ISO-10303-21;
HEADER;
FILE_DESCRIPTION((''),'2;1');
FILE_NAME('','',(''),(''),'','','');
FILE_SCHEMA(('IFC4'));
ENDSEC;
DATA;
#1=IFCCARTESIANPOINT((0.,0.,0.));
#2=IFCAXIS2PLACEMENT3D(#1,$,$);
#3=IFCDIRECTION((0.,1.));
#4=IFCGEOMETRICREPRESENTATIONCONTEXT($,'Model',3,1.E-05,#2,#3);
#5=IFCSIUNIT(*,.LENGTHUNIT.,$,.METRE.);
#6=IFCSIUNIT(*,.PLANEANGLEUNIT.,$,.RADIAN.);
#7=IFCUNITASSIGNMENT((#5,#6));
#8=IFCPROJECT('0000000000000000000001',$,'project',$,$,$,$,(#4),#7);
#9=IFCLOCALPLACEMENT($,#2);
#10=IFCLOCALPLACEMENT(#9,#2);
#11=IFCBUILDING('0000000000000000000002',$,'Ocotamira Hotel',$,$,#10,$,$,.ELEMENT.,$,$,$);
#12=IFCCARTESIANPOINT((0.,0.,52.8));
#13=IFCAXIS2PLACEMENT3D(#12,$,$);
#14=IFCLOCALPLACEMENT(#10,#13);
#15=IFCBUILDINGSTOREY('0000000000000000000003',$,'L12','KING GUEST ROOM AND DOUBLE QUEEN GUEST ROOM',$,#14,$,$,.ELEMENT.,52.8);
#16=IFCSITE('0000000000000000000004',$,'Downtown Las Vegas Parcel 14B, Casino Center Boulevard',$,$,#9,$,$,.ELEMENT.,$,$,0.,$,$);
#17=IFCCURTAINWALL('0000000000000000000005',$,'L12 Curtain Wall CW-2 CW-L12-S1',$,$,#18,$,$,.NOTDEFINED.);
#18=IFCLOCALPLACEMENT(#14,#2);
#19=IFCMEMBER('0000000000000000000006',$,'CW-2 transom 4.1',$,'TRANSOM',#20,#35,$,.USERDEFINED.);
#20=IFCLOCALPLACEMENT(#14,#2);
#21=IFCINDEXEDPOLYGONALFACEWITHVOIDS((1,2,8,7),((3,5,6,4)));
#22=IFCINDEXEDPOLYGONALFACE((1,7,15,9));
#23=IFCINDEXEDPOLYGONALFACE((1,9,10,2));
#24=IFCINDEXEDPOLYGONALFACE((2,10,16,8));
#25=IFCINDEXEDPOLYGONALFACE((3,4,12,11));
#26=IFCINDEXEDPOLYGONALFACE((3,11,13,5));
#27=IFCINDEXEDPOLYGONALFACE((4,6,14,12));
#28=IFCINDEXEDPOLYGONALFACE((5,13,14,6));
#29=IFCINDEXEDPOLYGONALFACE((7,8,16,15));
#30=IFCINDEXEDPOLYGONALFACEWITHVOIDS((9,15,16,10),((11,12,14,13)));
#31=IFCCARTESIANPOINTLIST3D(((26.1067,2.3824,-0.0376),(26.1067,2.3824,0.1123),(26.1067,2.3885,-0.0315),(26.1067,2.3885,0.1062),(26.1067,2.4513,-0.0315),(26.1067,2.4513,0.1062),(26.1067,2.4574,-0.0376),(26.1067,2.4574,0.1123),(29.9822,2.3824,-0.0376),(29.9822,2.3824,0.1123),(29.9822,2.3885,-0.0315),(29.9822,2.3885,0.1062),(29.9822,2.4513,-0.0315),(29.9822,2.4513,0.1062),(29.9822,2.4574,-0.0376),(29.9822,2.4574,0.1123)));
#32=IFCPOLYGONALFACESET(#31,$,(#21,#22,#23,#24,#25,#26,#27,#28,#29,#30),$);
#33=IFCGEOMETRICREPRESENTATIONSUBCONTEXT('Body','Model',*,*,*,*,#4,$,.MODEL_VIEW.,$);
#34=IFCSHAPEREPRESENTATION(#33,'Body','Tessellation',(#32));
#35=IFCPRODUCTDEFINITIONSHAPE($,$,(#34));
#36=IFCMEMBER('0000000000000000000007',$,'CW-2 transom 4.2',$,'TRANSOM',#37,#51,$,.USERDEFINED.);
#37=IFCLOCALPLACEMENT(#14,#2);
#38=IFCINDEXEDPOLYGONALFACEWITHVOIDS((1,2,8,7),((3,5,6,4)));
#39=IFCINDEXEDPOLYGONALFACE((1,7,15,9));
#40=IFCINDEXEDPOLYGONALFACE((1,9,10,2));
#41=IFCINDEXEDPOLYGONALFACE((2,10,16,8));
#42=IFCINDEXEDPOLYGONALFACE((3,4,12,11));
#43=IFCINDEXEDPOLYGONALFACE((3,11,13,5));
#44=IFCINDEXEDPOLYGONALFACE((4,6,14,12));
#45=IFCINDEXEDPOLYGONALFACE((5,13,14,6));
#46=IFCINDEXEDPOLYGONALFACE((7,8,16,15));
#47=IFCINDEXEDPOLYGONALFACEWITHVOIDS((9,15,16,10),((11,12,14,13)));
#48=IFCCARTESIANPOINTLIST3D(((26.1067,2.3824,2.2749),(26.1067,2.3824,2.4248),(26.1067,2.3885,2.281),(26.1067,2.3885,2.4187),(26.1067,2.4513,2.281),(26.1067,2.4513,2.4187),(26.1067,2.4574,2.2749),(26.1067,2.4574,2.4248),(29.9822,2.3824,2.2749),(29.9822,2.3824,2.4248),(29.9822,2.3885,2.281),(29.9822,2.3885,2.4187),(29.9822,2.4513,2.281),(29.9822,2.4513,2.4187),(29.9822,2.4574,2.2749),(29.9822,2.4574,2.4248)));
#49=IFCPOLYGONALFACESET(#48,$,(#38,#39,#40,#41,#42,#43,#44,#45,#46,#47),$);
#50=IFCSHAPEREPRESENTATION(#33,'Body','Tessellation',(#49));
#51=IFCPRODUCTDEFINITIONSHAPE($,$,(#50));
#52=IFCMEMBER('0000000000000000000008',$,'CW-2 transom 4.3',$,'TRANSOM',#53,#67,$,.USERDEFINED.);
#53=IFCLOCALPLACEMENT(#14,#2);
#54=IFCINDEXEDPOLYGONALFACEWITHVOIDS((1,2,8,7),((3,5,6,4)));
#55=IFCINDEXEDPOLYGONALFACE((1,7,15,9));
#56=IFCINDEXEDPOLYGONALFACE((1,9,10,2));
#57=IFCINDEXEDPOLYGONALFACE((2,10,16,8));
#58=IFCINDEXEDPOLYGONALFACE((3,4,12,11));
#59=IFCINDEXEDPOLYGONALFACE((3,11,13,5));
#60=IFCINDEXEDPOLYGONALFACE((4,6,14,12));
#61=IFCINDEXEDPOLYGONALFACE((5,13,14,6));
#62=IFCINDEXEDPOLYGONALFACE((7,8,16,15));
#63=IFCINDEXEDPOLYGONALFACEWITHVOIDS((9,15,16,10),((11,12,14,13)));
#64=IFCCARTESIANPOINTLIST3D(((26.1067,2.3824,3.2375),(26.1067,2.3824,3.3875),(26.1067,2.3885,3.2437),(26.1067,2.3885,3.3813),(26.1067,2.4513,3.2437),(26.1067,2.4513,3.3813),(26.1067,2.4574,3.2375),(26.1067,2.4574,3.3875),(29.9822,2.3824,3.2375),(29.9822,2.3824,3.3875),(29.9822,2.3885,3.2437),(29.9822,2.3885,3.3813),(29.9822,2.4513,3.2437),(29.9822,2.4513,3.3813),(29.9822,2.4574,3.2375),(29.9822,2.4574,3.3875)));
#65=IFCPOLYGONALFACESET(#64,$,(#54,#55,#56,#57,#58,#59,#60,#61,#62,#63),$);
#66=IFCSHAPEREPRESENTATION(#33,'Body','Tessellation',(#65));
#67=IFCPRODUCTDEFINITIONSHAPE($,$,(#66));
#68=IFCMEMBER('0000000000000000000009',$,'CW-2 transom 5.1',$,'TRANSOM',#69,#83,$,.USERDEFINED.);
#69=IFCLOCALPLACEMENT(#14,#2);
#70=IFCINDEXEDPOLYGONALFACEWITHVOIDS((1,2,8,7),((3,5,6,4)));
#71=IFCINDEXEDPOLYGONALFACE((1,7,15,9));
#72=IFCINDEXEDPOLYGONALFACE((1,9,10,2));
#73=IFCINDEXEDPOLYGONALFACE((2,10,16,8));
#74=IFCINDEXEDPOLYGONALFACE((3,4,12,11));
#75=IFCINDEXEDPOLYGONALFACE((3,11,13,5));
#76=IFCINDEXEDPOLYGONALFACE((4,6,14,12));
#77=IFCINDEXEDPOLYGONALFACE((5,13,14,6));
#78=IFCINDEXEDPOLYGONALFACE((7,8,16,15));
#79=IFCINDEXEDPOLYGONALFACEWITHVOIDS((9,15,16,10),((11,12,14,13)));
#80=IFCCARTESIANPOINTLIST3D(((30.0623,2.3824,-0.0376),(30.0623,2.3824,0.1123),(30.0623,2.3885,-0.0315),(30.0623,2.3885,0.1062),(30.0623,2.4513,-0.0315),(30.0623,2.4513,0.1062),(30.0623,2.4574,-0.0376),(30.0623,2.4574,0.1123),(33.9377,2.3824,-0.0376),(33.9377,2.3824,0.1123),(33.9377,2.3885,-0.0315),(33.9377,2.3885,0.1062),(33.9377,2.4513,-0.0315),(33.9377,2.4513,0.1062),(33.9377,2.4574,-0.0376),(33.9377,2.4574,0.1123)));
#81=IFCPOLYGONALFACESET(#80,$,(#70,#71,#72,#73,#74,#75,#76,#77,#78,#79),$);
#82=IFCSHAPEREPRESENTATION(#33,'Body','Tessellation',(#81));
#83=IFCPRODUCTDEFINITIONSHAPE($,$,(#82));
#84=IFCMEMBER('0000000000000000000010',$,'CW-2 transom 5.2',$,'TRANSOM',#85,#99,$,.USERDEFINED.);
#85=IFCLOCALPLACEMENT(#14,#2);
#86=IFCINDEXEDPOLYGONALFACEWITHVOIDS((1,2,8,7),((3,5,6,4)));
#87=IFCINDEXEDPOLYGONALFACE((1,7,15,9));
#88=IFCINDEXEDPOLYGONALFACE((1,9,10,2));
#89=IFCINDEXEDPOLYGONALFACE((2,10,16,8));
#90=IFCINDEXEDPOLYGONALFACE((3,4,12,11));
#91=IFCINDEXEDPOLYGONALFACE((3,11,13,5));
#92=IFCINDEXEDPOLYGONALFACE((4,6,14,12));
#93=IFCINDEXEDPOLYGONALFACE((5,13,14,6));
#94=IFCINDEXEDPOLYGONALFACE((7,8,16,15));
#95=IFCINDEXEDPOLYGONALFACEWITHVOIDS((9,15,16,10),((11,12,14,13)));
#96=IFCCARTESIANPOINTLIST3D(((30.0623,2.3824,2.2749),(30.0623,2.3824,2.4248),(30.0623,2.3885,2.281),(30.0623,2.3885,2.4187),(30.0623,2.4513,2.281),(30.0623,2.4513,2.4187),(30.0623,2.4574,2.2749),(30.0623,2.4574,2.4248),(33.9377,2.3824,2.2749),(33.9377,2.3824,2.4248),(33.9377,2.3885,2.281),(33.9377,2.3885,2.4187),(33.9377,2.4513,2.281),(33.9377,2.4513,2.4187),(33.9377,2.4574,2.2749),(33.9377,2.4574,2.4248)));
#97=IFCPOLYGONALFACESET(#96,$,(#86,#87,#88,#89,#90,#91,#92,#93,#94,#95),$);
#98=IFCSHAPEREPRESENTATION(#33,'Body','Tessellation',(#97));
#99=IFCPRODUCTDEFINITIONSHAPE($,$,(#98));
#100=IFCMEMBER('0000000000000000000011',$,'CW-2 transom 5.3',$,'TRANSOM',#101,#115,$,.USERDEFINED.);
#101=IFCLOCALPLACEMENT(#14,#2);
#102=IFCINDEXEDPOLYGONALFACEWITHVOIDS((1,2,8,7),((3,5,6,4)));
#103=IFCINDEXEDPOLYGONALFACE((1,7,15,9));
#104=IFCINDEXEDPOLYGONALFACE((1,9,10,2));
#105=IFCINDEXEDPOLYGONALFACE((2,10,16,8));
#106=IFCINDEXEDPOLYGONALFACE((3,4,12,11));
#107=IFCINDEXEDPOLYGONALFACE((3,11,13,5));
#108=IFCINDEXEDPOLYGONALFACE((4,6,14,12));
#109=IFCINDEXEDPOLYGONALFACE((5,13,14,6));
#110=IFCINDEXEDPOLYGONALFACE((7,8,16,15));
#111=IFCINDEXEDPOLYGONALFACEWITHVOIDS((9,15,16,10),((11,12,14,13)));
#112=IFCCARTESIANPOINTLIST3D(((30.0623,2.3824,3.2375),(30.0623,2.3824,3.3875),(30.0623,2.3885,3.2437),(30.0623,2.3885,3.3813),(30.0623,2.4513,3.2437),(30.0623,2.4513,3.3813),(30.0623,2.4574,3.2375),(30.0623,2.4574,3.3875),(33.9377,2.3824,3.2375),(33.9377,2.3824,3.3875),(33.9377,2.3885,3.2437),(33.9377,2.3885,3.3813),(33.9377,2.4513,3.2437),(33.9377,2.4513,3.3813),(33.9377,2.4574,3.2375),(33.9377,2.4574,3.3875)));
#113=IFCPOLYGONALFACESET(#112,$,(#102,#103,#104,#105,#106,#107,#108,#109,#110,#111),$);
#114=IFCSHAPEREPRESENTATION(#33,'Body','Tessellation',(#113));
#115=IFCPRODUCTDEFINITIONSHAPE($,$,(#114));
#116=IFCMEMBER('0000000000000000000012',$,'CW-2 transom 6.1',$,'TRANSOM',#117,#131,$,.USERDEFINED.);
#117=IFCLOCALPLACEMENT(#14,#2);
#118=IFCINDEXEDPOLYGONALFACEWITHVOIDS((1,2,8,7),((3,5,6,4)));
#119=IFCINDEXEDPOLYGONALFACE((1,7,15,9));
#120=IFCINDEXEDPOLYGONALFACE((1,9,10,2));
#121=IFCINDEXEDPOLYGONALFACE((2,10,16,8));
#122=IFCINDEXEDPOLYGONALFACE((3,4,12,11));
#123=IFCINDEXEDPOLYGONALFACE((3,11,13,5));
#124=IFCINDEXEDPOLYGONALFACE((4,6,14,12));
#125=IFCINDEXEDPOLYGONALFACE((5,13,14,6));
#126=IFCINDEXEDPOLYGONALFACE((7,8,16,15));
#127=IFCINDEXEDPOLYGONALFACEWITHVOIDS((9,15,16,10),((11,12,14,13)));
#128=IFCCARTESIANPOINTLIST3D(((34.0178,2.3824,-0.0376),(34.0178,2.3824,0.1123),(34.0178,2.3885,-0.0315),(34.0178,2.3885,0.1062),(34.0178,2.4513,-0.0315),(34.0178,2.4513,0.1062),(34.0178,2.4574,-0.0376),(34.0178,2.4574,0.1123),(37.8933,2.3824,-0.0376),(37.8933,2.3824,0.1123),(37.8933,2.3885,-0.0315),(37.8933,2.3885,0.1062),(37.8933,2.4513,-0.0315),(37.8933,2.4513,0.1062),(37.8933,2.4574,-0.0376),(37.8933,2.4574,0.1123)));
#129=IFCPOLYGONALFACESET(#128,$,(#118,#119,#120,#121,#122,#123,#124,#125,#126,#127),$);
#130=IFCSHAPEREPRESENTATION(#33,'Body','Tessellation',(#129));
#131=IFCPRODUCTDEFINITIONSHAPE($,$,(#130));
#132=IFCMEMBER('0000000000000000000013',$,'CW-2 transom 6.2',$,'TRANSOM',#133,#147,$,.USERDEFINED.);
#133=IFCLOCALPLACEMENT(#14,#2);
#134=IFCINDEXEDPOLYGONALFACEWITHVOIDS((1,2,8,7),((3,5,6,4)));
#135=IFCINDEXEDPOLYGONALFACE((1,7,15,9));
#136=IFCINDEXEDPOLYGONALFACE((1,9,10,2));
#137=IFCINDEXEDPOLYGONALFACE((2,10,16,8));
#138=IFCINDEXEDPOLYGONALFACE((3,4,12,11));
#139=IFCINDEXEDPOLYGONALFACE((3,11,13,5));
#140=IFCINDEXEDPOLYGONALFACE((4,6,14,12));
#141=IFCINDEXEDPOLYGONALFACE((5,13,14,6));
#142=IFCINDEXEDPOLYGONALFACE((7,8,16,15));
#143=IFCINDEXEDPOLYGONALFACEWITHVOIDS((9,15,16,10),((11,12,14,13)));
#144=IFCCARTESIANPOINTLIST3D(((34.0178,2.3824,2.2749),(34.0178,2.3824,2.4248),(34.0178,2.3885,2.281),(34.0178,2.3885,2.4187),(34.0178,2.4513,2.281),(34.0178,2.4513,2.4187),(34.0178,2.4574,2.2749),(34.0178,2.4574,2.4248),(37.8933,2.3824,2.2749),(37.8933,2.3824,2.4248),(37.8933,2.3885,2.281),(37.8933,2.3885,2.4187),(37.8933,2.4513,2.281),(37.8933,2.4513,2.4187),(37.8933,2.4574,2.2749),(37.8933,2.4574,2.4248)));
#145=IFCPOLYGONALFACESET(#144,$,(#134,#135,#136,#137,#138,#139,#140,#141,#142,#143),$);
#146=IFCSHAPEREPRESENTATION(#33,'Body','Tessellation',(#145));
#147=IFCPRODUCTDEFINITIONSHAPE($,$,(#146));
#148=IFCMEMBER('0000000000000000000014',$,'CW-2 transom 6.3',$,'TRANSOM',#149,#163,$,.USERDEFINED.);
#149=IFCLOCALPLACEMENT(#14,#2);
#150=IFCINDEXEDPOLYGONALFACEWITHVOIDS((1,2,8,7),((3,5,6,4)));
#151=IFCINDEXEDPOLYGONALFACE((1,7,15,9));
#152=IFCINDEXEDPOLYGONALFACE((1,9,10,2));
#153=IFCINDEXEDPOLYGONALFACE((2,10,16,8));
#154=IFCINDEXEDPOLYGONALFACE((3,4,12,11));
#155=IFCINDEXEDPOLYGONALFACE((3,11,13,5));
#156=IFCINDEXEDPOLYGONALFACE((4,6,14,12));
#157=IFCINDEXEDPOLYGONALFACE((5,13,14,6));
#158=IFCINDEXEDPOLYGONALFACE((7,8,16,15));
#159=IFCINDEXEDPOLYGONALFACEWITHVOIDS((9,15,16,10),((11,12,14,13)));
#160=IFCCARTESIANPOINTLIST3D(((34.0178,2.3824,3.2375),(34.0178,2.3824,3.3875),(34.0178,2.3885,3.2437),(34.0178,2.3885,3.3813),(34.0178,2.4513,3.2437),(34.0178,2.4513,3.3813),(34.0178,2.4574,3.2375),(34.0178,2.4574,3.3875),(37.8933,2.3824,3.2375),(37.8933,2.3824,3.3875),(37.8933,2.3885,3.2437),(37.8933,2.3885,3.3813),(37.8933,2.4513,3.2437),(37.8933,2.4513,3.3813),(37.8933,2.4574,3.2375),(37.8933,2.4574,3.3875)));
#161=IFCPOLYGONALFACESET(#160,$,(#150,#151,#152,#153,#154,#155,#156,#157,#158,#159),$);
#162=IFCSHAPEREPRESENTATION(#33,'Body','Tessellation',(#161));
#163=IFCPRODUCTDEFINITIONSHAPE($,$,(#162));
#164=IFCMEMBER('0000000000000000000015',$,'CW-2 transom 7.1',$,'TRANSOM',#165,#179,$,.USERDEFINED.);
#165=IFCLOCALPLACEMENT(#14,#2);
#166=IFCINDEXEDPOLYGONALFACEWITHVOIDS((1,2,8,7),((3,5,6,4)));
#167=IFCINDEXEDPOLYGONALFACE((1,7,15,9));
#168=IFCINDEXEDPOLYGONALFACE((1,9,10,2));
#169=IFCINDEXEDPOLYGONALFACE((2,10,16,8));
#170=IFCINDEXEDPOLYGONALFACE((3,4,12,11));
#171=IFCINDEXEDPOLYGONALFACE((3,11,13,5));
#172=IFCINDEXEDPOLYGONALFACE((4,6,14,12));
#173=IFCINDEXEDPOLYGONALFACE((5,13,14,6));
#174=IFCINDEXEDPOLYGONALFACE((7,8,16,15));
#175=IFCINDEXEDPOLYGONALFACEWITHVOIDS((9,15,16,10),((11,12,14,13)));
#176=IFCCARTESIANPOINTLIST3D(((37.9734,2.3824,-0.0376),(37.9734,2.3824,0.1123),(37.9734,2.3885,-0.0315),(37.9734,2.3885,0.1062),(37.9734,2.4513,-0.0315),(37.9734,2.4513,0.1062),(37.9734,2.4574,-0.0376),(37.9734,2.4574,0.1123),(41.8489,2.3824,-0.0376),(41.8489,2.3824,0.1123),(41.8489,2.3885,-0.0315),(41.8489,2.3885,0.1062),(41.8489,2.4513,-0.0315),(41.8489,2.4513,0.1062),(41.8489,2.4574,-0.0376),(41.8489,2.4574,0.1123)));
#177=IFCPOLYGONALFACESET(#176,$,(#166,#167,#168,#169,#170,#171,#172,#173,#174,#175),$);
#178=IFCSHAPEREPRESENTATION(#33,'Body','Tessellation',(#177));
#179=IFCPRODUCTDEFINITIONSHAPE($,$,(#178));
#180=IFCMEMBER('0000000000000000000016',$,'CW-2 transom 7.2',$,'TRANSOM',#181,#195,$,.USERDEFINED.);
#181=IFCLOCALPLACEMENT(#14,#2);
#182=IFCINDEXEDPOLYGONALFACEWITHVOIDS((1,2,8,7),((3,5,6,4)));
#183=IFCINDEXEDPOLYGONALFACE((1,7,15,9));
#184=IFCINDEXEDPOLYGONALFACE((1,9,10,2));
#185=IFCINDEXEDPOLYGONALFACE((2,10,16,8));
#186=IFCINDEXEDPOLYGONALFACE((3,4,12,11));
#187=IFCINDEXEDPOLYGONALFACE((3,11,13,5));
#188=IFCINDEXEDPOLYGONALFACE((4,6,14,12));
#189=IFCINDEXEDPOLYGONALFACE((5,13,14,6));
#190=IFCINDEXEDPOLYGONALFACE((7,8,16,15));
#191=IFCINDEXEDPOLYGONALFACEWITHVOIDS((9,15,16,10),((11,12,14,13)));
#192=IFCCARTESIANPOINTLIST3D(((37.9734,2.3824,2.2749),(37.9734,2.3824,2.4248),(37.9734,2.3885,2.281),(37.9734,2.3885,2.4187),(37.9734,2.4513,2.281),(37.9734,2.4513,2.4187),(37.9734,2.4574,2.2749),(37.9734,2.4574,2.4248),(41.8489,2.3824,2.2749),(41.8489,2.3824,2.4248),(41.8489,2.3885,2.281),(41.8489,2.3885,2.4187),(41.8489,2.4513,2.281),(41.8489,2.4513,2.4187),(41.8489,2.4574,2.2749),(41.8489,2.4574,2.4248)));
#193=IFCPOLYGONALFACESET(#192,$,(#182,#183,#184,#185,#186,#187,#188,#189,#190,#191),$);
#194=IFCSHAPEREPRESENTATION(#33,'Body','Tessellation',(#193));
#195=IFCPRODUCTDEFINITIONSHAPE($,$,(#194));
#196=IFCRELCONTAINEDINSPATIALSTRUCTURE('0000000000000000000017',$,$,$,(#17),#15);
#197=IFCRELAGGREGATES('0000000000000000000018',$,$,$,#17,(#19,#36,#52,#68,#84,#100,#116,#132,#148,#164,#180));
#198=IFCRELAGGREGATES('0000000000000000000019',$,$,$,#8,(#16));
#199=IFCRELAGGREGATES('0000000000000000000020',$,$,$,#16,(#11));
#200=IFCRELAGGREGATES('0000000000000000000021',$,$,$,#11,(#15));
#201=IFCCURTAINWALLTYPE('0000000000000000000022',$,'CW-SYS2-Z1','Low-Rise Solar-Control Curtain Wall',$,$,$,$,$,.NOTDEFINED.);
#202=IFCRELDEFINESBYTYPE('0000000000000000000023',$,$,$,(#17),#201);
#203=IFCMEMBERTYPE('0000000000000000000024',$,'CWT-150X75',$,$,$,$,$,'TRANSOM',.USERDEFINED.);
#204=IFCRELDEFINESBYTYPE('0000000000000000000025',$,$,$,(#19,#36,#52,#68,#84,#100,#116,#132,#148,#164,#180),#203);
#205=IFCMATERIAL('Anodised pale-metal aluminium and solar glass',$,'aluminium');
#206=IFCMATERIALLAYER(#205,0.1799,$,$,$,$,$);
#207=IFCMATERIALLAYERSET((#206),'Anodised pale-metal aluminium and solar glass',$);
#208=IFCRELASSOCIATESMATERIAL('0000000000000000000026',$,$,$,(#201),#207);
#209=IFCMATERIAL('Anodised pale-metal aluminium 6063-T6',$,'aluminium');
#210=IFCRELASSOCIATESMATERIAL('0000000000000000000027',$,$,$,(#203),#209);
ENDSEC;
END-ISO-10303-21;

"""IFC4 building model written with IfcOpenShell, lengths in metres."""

from ifc_helpers import new_model, si_unit, direction, frame, origin, origin_2d, place, context, subcontext, project, spatial, hollow_rectangle, extrude, source, transform, mapped, material, layer, layer_set, material_profile, profile_set, type_object, element, aggregate, save


model = new_model("IFC4")

# Units and contexts
model_context = context("Model", 3, precision=1e-05, world=origin(), true_north=direction((0.0, 1.0)))
body_context = subcontext(model_context, "Body", "Model", "MODEL_VIEW")
ifc_project = project(units=[si_unit("LENGTHUNIT", "METRE"), si_unit("PLANEANGLEUNIT", "RADIAN")], contexts=[model_context])

# Site, building, storey
site_placement = place(None, origin())
site = spatial("IfcSite", under=ifc_project, at=site_placement, Name="Downtown Las Vegas Parcel 14B, Casino Center Boulevard", CompositionType="ELEMENT", RefElevation=0.0)
building_placement = place(site_placement, origin())
building = spatial("IfcBuilding", under=site, at=building_placement, Name="Ocotamira Hotel", CompositionType="ELEMENT")
storey_placement = place(building_placement, frame((0.0, 0.0, 52.8)))
storey = spatial("IfcBuildingStorey", under=building, at=storey_placement, Name="L12", Description="KING GUEST ROOM AND DOUBLE QUEEN GUEST ROOM", CompositionType="ELEMENT", Elevation=52.8)

# Curtain wall, members
ifc_material_1 = material(Name="Anodised pale-metal aluminium and solar glass", Category="aluminium")
ifc_layer_1 = layer(ifc_material_1, 0.1799)
ifc_layer_set_1 = layer_set([ifc_layer_1], Name="Anodised pale-metal aluminium and solar glass")
curtain_wall_type = type_object("IfcCurtainWallType", Name="CW-SYS2-Z1", Description="Low-Rise Solar-Control Curtain Wall", PredefinedType="NOTDEFINED", material=ifc_layer_set_1)
curtain_wall_placement = place(storey_placement, origin())
curtain_wall = element("IfcCurtainWall", 1, at=curtain_wall_placement, inside=storey, type_object=curtain_wall_type, Name="L12 Curtain Wall CW-2 CW-L12-S1", PredefinedType="NOTDEFINED")
ifc_material_2 = material(Name="Anodised pale-metal aluminium 6063-T6", Category="aluminium")
ifc_material_profile_1 = material_profile(ifc_material_2, hollow_rectangle(XDim=0.075, YDim=0.1499, WallThickness=0.0061, at=origin_2d()), Name="HSS150X75X6")
ifc_profile_set_1 = profile_set([ifc_material_profile_1], Name="Anodised pale-metal aluminium 6063-T6")
member_type_1 = type_object("IfcMemberType", Name="CWT-150X75", ElementType="TRANSOM", PredefinedType="USERDEFINED", material=ifc_profile_set_1)
shared_shape_1 = source(origin(), body_context, "Body", "SweptSolid", [
    extrude(hollow_rectangle(XDim=0.075, YDim=0.1499, WallThickness=0.0061, at=origin_2d()), origin(), (0.0, 0.0, 1.0), 3.8755),
])
member_1_placement = place(storey_placement, frame((26.1067, 2.4199, 0.0374), z_axis=(1.0, 0.0, 0.0), x_axis=(0.0, 1.0, 0.0)))
member_1 = element("IfcMember", 2, at=member_1_placement, type_object=member_type_1, Name="CW-2 transom 4.1", ObjectType="TRANSOM", PredefinedType="USERDEFINED", context=body_context, shape_type="MappedRepresentation", body=[
    mapped(shared_shape_1, transform((0.0, 0.0, 0.0), scale=1.0)),
])
member_2_placement = place(storey_placement, frame((26.1067, 2.4199, 2.3499), z_axis=(1.0, 0.0, 0.0), x_axis=(0.0, 1.0, 0.0)))
member_2 = element("IfcMember", 3, at=member_2_placement, type_object=member_type_1, Name="CW-2 transom 4.2", ObjectType="TRANSOM", PredefinedType="USERDEFINED", context=body_context, shape_type="MappedRepresentation", body=[
    mapped(shared_shape_1, transform((0.0, 0.0, 0.0), scale=1.0)),
])
member_3_placement = place(storey_placement, frame((26.1067, 2.4199, 3.3125), z_axis=(1.0, 0.0, 0.0), x_axis=(0.0, 1.0, 0.0)))
member_3 = element("IfcMember", 4, at=member_3_placement, type_object=member_type_1, Name="CW-2 transom 4.3", ObjectType="TRANSOM", PredefinedType="USERDEFINED", context=body_context, shape_type="MappedRepresentation", body=[
    mapped(shared_shape_1, transform((0.0, 0.0, 0.0), scale=1.0)),
])
member_4_placement = place(storey_placement, frame((30.0623, 2.4199, 0.0374), z_axis=(1.0, 0.0, 0.0), x_axis=(0.0, 1.0, 0.0)))
member_4 = element("IfcMember", 5, at=member_4_placement, type_object=member_type_1, Name="CW-2 transom 5.1", ObjectType="TRANSOM", PredefinedType="USERDEFINED", context=body_context, shape_type="MappedRepresentation", body=[
    mapped(shared_shape_1, transform((0.0, 0.0, 0.0), scale=1.0)),
])
member_5_placement = place(storey_placement, frame((30.0623, 2.4199, 2.3499), z_axis=(1.0, 0.0, 0.0), x_axis=(0.0, 1.0, 0.0)))
member_5 = element("IfcMember", 6, at=member_5_placement, type_object=member_type_1, Name="CW-2 transom 5.2", ObjectType="TRANSOM", PredefinedType="USERDEFINED", context=body_context, shape_type="MappedRepresentation", body=[
    mapped(shared_shape_1, transform((0.0, 0.0, 0.0), scale=1.0)),
])
member_6_placement = place(storey_placement, frame((30.0623, 2.4199, 3.3125), z_axis=(1.0, 0.0, 0.0), x_axis=(0.0, 1.0, 0.0)))
member_6 = element("IfcMember", 7, at=member_6_placement, type_object=member_type_1, Name="CW-2 transom 5.3", ObjectType="TRANSOM", PredefinedType="USERDEFINED", context=body_context, shape_type="MappedRepresentation", body=[
    mapped(shared_shape_1, transform((0.0, 0.0, 0.0), scale=1.0)),
])
member_7_placement = place(storey_placement, frame((34.0178, 2.4199, 0.0374), z_axis=(1.0, 0.0, 0.0), x_axis=(0.0, 1.0, 0.0)))
member_7 = element("IfcMember", 8, at=member_7_placement, type_object=member_type_1, Name="CW-2 transom 6.1", ObjectType="TRANSOM", PredefinedType="USERDEFINED", context=body_context, shape_type="MappedRepresentation", body=[
    mapped(shared_shape_1, transform((0.0, 0.0, 0.0), scale=1.0)),
])
member_8_placement = place(storey_placement, frame((34.0178, 2.4199, 2.3499), z_axis=(1.0, 0.0, 0.0), x_axis=(0.0, 1.0, 0.0)))
member_8 = element("IfcMember", 9, at=member_8_placement, type_object=member_type_1, Name="CW-2 transom 6.2", ObjectType="TRANSOM", PredefinedType="USERDEFINED", context=body_context, shape_type="MappedRepresentation", body=[
    mapped(shared_shape_1, transform((0.0, 0.0, 0.0), scale=1.0)),
])
member_9_placement = place(storey_placement, frame((34.0178, 2.4199, 3.3125), z_axis=(1.0, 0.0, 0.0), x_axis=(0.0, 1.0, 0.0)))
member_9 = element("IfcMember", 10, at=member_9_placement, type_object=member_type_1, Name="CW-2 transom 6.3", ObjectType="TRANSOM", PredefinedType="USERDEFINED", context=body_context, shape_type="MappedRepresentation", body=[
    mapped(shared_shape_1, transform((0.0, 0.0, 0.0), scale=1.0)),
])
member_10_placement = place(storey_placement, frame((37.9734, 2.4199, 0.0374), z_axis=(1.0, 0.0, 0.0), x_axis=(0.0, 1.0, 0.0)))
member_10 = element("IfcMember", 11, at=member_10_placement, type_object=member_type_1, Name="CW-2 transom 7.1", ObjectType="TRANSOM", PredefinedType="USERDEFINED", context=body_context, shape_type="MappedRepresentation", body=[
    mapped(shared_shape_1, transform((0.0, 0.0, 0.0), scale=1.0)),
])
member_11_placement = place(storey_placement, frame((37.9734, 2.4199, 2.3499), z_axis=(1.0, 0.0, 0.0), x_axis=(0.0, 1.0, 0.0)))
member_11 = element("IfcMember", 12, at=member_11_placement, type_object=member_type_1, Name="CW-2 transom 7.2", ObjectType="TRANSOM", PredefinedType="USERDEFINED", context=body_context, shape_type="MappedRepresentation", body=[
    mapped(shared_shape_1, transform((0.0, 0.0, 0.0), scale=1.0)),
])

aggregate(curtain_wall, [member_1, member_2, member_3, member_4, member_5, member_6, member_7, member_8, member_9, member_10, member_11])

save(model, "model.ifc")
